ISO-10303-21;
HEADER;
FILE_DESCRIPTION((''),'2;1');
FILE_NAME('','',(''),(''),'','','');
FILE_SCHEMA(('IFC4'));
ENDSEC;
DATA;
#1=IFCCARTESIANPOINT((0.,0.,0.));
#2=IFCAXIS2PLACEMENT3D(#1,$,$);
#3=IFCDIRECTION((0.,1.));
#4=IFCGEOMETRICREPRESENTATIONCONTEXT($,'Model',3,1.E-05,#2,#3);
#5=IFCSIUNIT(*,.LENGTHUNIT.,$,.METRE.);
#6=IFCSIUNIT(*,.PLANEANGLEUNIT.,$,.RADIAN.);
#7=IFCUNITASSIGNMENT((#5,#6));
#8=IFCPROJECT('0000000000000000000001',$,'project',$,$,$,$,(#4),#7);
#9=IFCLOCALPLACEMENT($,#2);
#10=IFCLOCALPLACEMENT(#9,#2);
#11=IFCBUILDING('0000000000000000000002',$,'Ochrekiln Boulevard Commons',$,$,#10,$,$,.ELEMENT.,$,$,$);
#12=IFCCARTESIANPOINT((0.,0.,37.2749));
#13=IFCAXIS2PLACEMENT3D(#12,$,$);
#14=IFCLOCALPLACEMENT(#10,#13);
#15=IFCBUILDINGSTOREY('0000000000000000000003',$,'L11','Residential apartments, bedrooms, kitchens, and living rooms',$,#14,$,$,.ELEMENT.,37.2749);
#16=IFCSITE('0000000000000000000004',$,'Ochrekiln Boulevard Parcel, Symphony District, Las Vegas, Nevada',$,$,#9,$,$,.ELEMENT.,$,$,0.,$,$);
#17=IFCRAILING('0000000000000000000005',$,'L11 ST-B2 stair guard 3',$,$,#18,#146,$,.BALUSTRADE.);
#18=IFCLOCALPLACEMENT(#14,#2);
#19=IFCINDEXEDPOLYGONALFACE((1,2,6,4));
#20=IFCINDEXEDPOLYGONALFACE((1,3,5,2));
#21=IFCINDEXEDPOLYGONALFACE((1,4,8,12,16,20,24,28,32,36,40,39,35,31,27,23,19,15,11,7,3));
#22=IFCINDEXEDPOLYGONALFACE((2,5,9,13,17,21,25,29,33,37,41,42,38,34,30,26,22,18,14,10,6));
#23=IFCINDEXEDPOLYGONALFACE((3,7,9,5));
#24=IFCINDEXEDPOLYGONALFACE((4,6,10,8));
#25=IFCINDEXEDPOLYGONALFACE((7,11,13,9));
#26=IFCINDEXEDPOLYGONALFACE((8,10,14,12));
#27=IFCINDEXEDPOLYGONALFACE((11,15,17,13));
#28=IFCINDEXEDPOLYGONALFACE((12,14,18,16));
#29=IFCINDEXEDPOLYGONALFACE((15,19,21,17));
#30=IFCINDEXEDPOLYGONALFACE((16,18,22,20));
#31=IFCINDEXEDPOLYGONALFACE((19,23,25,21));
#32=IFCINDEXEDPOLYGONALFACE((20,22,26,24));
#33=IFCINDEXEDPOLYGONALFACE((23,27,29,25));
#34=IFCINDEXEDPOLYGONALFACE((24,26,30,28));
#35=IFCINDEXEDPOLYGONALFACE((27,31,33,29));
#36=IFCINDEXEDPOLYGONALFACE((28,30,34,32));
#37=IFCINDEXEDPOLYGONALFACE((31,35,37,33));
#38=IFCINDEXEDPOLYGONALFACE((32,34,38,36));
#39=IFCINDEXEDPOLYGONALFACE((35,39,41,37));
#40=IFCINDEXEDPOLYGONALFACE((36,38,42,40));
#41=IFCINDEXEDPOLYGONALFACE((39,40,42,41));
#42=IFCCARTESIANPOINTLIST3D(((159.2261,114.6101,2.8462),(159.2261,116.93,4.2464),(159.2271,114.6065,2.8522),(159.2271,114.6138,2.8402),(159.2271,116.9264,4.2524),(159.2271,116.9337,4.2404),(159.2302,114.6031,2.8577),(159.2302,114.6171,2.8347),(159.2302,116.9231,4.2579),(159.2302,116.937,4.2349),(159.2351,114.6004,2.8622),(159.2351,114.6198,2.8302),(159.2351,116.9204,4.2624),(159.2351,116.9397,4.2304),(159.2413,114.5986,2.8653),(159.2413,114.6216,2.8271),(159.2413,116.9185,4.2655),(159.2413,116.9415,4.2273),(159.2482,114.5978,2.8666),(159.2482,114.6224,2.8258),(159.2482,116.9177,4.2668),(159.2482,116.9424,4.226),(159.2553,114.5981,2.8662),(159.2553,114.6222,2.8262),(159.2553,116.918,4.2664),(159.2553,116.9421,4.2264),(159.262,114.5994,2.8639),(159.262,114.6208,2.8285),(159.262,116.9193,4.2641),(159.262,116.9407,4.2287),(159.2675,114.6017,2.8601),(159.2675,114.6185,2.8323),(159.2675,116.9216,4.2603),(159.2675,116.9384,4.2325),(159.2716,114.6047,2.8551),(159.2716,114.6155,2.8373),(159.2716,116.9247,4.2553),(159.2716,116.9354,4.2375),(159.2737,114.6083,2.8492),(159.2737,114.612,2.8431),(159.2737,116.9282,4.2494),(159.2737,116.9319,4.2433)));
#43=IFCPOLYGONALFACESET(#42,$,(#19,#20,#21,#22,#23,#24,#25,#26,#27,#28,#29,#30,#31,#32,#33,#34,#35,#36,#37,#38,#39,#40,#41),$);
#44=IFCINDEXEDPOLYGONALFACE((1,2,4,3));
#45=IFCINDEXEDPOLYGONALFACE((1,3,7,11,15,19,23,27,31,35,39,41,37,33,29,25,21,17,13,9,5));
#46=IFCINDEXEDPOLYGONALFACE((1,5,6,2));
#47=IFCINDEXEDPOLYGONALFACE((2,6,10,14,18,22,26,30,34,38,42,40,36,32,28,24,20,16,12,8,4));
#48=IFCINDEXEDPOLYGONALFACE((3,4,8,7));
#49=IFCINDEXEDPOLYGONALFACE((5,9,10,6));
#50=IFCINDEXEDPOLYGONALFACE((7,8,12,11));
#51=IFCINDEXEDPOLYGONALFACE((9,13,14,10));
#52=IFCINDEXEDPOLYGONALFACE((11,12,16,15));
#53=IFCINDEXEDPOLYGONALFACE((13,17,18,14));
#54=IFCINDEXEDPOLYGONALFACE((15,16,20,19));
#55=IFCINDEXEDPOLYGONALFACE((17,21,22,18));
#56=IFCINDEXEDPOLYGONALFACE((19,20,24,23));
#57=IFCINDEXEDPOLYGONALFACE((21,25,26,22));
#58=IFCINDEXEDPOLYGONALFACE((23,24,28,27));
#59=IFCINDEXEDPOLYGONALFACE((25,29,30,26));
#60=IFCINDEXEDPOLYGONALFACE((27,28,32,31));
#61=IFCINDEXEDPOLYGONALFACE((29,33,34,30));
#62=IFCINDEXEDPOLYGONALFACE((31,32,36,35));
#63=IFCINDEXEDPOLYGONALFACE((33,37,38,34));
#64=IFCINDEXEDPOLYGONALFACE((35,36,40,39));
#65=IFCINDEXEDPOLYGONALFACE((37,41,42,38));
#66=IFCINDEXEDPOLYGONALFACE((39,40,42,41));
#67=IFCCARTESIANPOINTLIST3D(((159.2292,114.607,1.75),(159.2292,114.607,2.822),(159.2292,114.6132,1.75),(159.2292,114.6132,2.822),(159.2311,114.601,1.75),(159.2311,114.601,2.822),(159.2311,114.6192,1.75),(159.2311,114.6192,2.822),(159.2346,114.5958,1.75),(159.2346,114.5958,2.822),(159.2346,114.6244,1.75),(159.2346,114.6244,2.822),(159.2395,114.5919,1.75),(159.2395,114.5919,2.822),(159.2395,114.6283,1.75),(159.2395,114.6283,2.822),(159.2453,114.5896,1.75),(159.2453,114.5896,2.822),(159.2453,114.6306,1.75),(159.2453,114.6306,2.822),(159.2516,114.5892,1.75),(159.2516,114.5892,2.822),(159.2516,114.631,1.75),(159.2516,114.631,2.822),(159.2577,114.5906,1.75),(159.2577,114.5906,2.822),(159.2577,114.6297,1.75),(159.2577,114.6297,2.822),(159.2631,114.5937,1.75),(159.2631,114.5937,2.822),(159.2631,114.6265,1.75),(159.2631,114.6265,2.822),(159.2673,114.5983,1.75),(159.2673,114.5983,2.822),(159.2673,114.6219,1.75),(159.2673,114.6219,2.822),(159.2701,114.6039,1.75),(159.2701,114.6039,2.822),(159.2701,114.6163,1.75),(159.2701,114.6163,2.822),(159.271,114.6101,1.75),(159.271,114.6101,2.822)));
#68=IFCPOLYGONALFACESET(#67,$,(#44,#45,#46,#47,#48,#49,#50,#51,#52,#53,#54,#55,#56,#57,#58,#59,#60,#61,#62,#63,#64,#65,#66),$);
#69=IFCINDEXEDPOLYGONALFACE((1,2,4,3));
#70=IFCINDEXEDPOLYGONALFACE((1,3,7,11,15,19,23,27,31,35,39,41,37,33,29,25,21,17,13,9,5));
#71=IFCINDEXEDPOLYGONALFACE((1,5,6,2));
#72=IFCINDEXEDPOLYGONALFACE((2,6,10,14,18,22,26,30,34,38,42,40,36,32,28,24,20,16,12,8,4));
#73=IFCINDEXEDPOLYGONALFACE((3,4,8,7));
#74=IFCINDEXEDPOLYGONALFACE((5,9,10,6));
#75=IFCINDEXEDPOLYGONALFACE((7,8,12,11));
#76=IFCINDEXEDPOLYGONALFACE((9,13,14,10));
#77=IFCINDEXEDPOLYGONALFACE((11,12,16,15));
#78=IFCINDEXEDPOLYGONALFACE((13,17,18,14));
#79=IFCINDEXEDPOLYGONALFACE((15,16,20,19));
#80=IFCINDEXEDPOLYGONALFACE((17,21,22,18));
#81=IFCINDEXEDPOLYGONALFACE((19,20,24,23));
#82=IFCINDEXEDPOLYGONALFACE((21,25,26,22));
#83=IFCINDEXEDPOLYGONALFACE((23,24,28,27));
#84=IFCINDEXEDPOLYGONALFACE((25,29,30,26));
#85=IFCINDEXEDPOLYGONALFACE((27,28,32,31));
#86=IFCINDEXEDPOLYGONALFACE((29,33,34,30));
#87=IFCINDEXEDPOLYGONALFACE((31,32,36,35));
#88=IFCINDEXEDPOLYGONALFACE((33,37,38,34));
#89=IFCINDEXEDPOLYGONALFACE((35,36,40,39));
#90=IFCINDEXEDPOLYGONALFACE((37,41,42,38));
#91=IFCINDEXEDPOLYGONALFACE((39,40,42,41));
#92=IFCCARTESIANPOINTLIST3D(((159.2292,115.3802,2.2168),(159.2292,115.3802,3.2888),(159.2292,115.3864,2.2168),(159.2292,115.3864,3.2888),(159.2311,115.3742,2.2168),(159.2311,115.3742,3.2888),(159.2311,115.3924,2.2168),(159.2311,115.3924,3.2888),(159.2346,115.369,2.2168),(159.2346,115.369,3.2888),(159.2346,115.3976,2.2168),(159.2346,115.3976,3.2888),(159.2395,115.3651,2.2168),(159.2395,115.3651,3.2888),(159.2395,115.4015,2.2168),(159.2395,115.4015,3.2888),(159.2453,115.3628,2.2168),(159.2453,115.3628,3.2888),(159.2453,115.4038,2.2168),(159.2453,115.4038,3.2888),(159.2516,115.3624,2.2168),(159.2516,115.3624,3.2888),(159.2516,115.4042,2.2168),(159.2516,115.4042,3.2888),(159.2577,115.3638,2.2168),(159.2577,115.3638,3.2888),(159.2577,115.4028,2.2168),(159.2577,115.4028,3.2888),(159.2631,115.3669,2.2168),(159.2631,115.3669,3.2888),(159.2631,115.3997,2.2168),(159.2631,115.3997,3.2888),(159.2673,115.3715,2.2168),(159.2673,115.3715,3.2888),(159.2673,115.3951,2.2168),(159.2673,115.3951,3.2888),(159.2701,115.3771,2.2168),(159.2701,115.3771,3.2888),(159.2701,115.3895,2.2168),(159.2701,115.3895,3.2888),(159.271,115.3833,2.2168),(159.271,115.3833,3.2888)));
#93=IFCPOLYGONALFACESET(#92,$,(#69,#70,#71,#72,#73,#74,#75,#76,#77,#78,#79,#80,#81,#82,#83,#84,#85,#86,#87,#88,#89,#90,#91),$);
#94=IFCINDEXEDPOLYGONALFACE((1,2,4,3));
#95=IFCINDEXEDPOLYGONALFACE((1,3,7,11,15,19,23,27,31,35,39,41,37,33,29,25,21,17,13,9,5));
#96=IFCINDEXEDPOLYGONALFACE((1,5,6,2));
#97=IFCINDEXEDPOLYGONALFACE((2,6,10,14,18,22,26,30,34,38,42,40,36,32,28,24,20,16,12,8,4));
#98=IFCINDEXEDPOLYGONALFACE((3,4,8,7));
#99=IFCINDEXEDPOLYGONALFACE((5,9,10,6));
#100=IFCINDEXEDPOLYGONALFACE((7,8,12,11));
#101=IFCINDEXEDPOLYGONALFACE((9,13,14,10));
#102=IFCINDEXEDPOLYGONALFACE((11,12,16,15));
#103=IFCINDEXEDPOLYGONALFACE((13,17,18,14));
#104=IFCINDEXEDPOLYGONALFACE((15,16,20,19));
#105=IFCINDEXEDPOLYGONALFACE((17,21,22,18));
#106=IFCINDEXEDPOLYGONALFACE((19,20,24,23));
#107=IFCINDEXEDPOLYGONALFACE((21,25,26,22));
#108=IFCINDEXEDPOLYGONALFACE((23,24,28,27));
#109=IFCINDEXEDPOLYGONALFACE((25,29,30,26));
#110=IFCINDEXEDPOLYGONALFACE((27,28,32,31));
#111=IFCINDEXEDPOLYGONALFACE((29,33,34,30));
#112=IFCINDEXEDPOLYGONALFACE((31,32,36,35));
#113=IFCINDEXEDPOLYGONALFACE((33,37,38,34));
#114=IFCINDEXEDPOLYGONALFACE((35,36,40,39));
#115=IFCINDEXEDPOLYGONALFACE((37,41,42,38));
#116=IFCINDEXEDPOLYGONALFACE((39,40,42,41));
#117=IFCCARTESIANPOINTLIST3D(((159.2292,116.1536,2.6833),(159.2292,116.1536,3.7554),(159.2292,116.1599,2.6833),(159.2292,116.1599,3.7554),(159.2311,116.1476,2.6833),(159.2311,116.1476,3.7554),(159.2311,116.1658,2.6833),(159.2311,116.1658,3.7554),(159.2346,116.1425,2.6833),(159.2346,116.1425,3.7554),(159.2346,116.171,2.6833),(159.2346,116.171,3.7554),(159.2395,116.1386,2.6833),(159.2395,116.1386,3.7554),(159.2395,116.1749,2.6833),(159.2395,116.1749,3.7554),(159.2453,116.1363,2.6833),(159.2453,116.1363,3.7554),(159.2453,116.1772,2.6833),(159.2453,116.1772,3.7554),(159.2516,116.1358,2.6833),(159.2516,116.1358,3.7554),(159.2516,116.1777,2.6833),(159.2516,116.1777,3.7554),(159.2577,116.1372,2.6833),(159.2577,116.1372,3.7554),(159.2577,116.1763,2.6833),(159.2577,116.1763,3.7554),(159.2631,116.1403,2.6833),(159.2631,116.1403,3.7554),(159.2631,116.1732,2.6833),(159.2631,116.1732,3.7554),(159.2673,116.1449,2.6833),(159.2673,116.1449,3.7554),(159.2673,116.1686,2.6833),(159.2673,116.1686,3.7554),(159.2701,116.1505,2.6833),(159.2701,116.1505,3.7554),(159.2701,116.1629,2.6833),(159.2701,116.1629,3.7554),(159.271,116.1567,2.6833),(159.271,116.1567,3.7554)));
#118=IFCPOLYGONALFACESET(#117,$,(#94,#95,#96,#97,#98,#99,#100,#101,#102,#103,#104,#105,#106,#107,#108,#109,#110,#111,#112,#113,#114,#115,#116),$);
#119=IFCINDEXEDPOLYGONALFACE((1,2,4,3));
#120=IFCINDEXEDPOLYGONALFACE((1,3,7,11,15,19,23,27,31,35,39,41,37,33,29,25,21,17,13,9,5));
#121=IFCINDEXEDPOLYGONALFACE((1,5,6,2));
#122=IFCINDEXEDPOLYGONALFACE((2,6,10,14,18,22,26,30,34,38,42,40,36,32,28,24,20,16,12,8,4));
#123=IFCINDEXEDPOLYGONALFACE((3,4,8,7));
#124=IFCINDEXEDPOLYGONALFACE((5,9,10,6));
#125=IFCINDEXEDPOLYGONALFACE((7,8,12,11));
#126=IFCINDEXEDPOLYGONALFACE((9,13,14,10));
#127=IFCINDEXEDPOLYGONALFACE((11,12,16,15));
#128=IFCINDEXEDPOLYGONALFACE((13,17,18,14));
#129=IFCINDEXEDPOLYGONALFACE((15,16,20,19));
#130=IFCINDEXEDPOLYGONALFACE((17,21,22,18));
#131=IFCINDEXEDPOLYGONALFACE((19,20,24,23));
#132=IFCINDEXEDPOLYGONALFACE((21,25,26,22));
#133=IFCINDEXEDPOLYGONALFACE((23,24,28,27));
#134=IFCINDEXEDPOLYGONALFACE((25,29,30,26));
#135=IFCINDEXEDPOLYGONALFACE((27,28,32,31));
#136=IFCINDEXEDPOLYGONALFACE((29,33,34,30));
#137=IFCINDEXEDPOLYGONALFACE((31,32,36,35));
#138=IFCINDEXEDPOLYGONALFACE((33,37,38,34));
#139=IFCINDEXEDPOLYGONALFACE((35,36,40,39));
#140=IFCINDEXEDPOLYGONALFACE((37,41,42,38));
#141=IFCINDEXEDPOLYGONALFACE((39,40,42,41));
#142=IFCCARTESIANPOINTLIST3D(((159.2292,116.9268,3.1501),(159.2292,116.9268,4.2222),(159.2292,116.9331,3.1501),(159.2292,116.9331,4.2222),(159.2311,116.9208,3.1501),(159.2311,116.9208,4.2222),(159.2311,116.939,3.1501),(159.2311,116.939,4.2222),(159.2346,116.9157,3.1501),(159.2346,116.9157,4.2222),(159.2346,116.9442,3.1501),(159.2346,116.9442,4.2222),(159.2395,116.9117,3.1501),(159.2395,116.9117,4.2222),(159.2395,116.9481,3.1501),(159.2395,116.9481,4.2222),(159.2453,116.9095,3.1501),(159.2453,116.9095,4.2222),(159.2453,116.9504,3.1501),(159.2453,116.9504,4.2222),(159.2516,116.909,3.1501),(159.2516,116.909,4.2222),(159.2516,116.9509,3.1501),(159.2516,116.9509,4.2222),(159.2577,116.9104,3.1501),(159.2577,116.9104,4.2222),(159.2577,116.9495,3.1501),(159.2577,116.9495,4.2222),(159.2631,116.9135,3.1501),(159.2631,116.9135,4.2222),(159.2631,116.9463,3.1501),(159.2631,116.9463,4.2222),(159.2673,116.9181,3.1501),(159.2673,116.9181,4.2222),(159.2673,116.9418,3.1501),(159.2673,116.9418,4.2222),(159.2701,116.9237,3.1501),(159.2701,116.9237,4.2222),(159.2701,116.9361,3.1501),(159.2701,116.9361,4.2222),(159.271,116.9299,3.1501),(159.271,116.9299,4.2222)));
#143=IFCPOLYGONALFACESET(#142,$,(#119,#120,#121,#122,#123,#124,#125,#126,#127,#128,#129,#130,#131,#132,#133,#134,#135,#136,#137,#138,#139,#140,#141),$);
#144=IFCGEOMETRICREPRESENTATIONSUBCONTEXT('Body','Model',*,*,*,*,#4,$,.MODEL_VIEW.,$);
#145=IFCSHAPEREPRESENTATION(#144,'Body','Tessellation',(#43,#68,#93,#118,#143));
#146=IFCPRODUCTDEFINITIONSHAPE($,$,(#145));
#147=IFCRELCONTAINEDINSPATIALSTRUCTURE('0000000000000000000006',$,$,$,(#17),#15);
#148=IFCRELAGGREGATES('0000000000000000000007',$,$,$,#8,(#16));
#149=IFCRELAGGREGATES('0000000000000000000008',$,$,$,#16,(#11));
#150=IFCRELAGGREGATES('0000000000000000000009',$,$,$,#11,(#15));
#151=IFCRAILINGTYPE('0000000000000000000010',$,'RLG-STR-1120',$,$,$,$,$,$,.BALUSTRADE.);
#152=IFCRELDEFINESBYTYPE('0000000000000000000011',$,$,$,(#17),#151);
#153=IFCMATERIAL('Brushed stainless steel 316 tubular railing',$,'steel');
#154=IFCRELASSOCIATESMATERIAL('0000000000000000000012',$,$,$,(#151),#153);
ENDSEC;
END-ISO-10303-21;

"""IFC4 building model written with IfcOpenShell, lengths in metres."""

from ifc_helpers import new_model, si_unit, direction, frame, origin, origin_2d, place, context, subcontext, project, spatial, circle, extrude, material, type_object, element, save


model = new_model("IFC4")

# Units and contexts
model_context = context("Model", 3, precision=1e-05, world=origin(), true_north=direction((0.0, 1.0)))
body_context = subcontext(model_context, "Body", "Model", "MODEL_VIEW")
ifc_project = project(units=[si_unit("LENGTHUNIT", "METRE"), si_unit("PLANEANGLEUNIT", "RADIAN")], contexts=[model_context])

# Site, building, storey
site_placement = place(None, origin())
site = spatial("IfcSite", under=ifc_project, at=site_placement, Name="Ochrekiln Boulevard Parcel, Symphony District, Las Vegas, Nevada", CompositionType="ELEMENT", RefElevation=0.0)
building_placement = place(site_placement, origin())
building = spatial("IfcBuilding", under=site, at=building_placement, Name="Ochrekiln Boulevard Commons", CompositionType="ELEMENT")
storey_placement = place(building_placement, frame((0.0, 0.0, 37.2749)))
storey = spatial("IfcBuildingStorey", under=building, at=storey_placement, Name="L11", Description="Residential apartments, bedrooms, kitchens, and living rooms", CompositionType="ELEMENT", Elevation=37.2749)

# Railing
ifc_material_1 = material(Name="Brushed stainless steel 316 tubular railing", Category="steel")
railing_type_1 = type_object("IfcRailingType", Name="RLG-STR-1120", PredefinedType="BALUSTRADE", material=ifc_material_1)
railing_1_placement = place(storey_placement, frame((159.25, 114.6101, 1.75)))
element("IfcRailing", 1, at=railing_1_placement, inside=storey, type_object=railing_type_1, Name="L11 ST-B2 stair guard 3", PredefinedType="BALUSTRADE", context=body_context, shape_type="SweptSolid", body=[
    extrude(circle(Radius=0.0239, at=origin_2d()), frame((0.0, 0.0, 1.0962), z_axis=(0.0, 0.856146, 0.516733), x_axis=(-1.0, 0.0, 0.0)), (0.0, 0.0, 1.0), 2.7097),
    extrude(circle(Radius=0.021, at=origin_2d()), origin(), (0.0, 0.0, 1.0), 1.072),
    extrude(circle(Radius=0.021, at=origin_2d()), frame((0.0, 0.7732, 0.4668)), (0.0, 0.0, 1.0), 1.072),
    extrude(circle(Radius=0.021, at=origin_2d()), frame((0.0, 1.5466, 0.9333)), (0.0, 0.0, 1.0), 1.072),
    extrude(circle(Radius=0.021, at=origin_2d()), frame((0.0, 2.3198, 1.4001)), (0.0, 0.0, 1.0), 1.072),
])

save(model, "model.ifc")
